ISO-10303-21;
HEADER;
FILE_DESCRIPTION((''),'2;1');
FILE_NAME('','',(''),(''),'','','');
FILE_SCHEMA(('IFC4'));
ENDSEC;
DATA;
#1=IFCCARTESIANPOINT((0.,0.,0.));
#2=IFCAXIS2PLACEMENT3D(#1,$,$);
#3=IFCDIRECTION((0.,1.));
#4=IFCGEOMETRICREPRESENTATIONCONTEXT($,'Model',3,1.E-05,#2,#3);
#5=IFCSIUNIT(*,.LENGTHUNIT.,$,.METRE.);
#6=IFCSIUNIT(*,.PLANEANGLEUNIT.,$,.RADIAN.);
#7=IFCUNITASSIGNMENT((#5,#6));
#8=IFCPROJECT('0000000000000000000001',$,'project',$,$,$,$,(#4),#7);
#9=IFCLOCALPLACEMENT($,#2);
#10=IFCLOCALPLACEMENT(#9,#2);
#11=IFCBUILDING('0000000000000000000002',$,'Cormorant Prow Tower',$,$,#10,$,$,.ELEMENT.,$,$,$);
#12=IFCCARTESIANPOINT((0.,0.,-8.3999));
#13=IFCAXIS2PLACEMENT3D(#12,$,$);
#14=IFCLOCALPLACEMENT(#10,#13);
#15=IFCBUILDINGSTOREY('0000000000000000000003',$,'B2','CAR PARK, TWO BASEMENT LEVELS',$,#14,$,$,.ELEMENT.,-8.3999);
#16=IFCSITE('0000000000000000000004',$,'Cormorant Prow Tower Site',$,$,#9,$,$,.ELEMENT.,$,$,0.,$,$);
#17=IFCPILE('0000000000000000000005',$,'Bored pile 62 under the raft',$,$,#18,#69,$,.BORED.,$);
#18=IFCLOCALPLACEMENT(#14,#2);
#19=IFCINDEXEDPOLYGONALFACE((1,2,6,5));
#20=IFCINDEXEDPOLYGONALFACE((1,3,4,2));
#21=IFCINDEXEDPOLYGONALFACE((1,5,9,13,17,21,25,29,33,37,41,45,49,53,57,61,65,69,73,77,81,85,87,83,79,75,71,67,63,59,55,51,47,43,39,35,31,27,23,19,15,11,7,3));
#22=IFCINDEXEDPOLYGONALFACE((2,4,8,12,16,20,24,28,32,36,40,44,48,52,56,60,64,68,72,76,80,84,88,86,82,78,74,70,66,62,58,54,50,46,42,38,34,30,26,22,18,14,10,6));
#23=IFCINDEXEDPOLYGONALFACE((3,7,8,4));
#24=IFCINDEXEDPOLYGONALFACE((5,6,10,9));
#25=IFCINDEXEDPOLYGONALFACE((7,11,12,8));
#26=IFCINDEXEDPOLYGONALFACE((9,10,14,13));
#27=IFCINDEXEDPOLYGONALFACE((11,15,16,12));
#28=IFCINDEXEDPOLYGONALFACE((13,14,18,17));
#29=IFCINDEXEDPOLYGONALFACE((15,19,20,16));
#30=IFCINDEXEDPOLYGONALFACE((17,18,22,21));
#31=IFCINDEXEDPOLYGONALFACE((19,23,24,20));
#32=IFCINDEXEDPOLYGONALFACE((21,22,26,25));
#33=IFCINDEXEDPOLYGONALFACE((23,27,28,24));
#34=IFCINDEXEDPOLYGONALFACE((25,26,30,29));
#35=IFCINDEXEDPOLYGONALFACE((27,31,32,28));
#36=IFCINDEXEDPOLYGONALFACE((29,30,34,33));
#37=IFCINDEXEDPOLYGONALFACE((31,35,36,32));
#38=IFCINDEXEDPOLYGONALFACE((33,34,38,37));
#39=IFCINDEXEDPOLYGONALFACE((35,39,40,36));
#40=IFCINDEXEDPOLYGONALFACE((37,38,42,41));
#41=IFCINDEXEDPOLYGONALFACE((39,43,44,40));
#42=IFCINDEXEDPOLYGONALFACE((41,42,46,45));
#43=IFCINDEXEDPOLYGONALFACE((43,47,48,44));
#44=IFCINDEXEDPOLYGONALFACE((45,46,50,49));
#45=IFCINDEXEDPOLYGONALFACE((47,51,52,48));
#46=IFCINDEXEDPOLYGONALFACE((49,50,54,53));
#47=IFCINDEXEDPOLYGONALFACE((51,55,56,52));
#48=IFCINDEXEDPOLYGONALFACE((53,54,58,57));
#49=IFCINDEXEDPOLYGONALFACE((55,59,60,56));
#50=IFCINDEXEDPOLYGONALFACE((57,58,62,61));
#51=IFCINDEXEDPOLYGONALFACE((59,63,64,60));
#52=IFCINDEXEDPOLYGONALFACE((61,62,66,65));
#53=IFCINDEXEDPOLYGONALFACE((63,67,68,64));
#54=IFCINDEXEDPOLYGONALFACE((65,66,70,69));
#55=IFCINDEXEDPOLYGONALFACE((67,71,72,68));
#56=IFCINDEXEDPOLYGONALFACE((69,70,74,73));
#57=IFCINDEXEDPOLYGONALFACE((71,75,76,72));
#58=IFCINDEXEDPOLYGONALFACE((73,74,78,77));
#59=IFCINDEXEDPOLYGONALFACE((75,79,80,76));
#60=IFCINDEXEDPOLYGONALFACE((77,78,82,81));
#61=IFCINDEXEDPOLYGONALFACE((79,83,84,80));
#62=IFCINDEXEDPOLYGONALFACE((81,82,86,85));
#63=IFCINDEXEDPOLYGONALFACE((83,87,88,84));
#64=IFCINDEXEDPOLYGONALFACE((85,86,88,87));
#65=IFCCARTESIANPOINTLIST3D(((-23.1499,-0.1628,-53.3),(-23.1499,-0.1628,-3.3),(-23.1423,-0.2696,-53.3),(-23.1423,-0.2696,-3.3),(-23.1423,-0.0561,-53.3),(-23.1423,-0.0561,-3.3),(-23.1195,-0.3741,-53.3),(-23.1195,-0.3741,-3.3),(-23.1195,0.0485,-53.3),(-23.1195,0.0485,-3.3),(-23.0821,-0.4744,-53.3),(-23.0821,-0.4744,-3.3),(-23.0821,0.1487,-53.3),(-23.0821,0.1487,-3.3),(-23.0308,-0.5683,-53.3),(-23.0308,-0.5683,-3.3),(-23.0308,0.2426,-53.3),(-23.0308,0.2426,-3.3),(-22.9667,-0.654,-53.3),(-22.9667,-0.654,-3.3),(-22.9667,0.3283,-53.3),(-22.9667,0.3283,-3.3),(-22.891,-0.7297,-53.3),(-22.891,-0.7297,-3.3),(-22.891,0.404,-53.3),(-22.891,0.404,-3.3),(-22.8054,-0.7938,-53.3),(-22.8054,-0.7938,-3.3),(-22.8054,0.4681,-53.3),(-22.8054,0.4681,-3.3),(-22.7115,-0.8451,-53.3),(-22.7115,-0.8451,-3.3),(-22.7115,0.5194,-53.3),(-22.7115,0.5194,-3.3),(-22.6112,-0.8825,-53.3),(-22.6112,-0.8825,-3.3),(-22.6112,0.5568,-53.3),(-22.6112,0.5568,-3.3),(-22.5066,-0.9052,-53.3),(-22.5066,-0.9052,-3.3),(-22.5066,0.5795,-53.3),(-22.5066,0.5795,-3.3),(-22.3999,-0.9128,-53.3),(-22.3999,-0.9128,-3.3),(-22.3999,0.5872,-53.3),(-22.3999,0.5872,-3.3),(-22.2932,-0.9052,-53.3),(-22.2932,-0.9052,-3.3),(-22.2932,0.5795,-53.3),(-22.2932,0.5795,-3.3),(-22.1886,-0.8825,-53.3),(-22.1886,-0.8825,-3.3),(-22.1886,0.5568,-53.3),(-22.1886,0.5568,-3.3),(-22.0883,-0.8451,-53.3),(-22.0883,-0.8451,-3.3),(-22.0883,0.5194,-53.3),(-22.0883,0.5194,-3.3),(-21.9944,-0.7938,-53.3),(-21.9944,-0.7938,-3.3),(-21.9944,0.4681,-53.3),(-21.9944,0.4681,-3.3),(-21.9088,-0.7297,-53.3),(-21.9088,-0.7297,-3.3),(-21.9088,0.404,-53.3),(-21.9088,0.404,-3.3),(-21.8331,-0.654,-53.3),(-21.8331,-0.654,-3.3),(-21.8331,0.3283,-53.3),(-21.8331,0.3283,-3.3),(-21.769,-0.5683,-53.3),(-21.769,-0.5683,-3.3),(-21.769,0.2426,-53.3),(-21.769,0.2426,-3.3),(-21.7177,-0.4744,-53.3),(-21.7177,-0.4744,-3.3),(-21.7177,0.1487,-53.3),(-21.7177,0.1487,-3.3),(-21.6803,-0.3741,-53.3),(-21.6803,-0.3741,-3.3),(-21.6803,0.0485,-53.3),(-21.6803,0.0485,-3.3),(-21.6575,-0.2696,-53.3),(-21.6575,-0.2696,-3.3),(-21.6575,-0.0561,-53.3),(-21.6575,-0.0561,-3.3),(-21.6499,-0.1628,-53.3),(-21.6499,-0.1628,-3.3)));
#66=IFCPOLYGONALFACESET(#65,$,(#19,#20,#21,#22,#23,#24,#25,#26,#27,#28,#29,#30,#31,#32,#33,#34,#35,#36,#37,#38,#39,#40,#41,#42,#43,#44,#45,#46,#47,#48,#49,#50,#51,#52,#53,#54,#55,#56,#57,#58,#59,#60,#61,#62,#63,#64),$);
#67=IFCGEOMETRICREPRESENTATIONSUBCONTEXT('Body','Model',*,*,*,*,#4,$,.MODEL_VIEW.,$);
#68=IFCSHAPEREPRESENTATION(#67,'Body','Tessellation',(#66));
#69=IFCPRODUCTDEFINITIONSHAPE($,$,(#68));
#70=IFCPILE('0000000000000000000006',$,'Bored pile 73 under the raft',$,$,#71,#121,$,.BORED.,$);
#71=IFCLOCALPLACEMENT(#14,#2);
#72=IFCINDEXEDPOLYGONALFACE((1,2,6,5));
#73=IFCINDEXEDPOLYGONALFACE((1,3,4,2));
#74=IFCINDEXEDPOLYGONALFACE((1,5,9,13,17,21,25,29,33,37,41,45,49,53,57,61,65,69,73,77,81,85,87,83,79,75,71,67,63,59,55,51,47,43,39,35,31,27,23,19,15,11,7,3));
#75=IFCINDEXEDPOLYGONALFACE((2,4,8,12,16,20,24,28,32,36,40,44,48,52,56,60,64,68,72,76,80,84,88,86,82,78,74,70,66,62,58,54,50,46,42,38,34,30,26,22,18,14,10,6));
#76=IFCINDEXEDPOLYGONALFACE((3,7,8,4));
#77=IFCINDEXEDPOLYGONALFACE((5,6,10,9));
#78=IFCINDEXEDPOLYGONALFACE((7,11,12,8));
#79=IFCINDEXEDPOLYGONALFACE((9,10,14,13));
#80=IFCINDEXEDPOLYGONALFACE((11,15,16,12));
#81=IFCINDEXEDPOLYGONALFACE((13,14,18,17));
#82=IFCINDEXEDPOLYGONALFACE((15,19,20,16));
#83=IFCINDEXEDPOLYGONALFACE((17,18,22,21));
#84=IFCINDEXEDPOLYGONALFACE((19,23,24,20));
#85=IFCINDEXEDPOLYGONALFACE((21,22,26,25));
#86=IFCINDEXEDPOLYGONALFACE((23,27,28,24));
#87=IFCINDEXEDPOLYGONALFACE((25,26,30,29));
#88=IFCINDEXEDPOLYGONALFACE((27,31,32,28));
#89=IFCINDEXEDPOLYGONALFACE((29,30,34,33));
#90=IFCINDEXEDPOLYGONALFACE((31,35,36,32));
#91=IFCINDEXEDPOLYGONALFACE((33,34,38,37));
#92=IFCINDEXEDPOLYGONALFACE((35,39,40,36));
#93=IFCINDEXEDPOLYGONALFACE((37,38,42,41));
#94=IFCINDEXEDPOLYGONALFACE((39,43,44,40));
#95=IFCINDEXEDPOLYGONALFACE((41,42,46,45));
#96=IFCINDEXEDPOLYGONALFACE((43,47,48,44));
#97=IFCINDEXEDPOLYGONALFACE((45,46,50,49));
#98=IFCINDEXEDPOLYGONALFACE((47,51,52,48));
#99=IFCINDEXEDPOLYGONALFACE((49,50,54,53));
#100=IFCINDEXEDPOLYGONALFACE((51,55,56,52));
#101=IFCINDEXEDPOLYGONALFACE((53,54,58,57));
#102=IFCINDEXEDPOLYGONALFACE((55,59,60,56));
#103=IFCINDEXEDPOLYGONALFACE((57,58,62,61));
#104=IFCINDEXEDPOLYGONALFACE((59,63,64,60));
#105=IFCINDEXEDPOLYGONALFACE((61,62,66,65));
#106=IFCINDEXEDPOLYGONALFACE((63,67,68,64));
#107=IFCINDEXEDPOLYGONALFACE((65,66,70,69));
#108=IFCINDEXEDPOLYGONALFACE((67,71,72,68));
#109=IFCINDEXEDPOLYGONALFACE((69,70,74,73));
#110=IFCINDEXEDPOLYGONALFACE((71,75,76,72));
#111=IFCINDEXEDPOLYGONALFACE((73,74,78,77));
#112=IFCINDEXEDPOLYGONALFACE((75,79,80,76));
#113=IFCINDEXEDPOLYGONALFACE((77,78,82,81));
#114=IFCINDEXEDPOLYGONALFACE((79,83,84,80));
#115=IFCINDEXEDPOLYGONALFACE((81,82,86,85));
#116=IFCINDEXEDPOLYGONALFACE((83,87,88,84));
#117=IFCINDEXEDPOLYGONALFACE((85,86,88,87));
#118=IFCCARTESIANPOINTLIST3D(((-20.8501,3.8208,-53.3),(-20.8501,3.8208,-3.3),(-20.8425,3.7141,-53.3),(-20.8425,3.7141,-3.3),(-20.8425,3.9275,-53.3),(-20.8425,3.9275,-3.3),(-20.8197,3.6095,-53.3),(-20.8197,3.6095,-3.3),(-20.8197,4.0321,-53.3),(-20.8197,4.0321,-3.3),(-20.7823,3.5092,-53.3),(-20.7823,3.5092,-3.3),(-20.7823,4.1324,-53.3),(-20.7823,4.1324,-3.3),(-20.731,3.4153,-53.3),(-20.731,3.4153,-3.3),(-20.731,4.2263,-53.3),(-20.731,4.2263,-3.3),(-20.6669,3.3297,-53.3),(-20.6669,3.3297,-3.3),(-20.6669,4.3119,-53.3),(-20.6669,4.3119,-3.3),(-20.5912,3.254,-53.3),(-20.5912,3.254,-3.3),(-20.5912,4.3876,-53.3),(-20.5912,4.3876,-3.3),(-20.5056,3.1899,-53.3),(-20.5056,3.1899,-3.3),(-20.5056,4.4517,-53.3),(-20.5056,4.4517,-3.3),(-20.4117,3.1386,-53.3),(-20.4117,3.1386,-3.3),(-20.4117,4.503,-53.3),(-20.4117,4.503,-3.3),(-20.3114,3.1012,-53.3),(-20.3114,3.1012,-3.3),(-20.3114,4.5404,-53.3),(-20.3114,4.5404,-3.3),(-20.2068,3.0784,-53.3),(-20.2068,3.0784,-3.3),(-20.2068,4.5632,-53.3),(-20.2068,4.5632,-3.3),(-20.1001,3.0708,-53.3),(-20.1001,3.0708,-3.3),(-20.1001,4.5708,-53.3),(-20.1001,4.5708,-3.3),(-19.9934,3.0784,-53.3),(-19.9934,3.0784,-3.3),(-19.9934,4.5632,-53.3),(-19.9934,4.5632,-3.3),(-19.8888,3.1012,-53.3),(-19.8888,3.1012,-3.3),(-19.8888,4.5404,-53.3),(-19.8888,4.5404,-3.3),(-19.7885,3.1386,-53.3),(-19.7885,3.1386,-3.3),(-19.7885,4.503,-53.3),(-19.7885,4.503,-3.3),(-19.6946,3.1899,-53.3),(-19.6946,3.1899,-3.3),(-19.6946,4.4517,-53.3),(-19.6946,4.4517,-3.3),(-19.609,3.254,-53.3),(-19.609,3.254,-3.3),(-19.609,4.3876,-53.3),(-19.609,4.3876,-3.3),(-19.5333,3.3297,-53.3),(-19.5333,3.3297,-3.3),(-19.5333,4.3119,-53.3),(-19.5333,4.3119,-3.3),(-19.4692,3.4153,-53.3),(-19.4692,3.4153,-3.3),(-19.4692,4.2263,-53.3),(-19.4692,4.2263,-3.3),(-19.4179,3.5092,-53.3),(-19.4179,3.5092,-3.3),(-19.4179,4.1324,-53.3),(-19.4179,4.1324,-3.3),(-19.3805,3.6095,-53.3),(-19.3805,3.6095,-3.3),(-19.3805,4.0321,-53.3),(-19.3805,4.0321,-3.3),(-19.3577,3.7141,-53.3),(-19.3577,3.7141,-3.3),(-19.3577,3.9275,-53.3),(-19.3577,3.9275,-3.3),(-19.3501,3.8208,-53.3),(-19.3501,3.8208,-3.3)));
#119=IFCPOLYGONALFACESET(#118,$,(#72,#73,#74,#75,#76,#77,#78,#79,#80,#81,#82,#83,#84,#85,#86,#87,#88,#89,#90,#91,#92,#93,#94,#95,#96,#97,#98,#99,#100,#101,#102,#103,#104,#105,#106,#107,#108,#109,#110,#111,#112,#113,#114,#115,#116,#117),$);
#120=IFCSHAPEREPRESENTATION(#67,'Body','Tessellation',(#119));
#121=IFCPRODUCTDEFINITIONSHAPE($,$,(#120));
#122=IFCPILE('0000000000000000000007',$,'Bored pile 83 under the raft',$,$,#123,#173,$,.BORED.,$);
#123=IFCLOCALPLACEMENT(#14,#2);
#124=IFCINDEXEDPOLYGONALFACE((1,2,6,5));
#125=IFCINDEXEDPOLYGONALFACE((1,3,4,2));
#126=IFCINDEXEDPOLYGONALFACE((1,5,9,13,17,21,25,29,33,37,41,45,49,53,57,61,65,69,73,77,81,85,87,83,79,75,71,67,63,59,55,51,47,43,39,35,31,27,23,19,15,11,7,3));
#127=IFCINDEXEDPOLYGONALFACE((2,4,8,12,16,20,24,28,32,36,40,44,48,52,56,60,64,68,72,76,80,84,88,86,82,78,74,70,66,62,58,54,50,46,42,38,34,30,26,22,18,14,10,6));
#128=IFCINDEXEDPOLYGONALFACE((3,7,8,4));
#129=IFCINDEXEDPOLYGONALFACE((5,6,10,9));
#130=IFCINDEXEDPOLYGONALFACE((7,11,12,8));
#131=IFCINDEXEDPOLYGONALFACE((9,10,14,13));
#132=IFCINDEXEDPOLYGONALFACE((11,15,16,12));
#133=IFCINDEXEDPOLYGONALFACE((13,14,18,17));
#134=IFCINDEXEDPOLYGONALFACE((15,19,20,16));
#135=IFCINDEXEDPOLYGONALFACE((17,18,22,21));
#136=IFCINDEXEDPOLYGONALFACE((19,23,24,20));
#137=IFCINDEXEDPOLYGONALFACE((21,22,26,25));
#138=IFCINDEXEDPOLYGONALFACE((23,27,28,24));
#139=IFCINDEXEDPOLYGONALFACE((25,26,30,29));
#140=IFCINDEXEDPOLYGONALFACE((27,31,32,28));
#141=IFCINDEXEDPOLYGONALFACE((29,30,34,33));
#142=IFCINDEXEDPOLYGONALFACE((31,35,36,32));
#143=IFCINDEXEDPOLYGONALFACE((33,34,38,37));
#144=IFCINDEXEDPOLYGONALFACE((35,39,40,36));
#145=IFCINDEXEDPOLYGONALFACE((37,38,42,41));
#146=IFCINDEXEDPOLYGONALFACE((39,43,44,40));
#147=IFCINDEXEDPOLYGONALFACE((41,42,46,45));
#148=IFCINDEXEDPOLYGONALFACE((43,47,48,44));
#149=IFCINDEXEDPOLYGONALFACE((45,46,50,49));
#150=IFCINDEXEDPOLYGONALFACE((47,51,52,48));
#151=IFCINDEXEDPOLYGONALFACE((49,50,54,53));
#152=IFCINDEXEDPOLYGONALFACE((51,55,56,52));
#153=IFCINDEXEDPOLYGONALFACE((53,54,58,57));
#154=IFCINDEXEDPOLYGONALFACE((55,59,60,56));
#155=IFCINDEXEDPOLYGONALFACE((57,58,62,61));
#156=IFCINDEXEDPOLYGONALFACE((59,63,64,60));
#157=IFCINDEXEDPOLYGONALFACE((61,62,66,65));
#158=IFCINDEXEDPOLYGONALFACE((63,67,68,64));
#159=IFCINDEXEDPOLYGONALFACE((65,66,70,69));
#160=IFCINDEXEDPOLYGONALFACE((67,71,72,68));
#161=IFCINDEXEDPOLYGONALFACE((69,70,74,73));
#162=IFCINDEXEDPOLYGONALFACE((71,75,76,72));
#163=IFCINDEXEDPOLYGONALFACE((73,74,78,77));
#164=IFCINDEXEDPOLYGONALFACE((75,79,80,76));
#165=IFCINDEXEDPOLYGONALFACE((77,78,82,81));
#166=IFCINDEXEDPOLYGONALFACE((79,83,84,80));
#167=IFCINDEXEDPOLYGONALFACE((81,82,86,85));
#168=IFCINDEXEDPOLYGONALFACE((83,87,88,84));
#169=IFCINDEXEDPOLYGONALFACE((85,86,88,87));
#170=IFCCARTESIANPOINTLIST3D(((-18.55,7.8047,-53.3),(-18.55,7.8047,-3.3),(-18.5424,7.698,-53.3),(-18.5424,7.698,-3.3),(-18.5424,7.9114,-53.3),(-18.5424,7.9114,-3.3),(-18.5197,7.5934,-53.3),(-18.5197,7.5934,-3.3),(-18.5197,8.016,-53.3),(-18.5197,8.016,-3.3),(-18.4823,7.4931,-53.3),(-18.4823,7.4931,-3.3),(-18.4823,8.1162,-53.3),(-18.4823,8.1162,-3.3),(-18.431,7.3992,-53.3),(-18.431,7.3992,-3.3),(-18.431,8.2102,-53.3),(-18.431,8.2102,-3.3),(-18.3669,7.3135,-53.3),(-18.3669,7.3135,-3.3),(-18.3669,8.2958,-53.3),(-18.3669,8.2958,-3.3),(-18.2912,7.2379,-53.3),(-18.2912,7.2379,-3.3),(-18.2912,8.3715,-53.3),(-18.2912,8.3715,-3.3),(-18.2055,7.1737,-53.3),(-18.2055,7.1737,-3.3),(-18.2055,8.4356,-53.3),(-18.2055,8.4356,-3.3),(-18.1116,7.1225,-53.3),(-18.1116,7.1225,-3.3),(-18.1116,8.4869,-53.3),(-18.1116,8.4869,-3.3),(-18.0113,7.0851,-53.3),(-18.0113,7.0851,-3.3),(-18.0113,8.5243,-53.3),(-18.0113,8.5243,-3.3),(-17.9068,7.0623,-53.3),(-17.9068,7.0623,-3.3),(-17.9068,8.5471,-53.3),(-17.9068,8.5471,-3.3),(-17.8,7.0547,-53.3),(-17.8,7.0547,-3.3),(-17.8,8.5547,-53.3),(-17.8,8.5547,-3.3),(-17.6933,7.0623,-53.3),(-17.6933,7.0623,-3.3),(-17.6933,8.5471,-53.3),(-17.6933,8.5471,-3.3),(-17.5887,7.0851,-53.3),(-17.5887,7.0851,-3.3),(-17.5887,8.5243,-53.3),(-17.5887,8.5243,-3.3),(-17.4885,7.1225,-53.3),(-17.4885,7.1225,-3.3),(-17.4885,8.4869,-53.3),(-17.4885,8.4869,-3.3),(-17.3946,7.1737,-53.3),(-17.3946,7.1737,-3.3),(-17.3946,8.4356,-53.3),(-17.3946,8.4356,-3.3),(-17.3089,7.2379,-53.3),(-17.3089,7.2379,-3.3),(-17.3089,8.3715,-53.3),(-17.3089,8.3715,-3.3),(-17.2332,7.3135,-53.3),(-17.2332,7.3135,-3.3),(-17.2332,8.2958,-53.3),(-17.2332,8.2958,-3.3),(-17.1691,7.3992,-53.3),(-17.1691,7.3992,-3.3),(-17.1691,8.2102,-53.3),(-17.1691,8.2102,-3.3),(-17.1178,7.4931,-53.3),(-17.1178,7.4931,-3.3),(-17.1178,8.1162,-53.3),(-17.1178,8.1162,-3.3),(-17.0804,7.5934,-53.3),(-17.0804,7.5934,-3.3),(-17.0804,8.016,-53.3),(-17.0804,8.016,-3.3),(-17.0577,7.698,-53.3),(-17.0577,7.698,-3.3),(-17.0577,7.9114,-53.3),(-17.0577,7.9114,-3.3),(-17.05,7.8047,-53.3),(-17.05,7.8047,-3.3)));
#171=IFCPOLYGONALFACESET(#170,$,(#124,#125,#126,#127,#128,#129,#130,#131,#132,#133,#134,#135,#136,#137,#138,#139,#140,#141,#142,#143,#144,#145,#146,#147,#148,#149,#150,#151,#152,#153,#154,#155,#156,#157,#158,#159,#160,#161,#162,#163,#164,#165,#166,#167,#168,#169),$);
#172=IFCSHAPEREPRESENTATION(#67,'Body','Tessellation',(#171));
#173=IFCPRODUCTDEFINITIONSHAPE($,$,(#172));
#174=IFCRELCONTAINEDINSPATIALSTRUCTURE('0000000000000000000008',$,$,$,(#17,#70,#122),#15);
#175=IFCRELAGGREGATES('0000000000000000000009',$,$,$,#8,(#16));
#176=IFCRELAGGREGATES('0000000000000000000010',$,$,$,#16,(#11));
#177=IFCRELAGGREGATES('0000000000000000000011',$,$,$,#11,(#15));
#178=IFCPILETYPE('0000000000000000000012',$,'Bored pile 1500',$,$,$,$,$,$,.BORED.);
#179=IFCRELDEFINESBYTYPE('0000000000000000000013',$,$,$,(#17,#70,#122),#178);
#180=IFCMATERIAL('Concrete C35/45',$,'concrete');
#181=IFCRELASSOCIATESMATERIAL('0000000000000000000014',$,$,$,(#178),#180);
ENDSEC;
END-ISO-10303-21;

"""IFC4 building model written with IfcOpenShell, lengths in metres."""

from ifc_helpers import new_model, si_unit, direction, frame, origin, origin_2d, place, context, subcontext, project, spatial, circle, extrude, material, material_profile, profile_set, type_object, element, save


model = new_model("IFC4")

# Units and contexts
model_context = context("Model", 3, precision=1e-05, world=origin(), true_north=direction((0.0, 1.0)))
body_context = subcontext(model_context, "Body", "Model", "MODEL_VIEW")
ifc_project = project(units=[si_unit("LENGTHUNIT", "METRE"), si_unit("PLANEANGLEUNIT", "RADIAN")], contexts=[model_context])

# Site, building, storey
site_placement = place(None, origin())
site = spatial("IfcSite", under=ifc_project, at=site_placement, Name="Cormorant Prow Tower Site", CompositionType="ELEMENT", RefElevation=0.0)
building_placement = place(site_placement, origin())
building = spatial("IfcBuilding", under=site, at=building_placement, Name="Cormorant Prow Tower", CompositionType="ELEMENT")
storey_placement = place(building_placement, frame((0.0, 0.0, -8.3999)))
storey = spatial("IfcBuildingStorey", under=building, at=storey_placement, Name="B2", Description="CAR PARK, TWO BASEMENT LEVELS", CompositionType="ELEMENT", Elevation=-8.3999)

# Piles
ifc_material_1 = material(Name="Concrete C35/45", Category="concrete")
ifc_material_profile_1 = material_profile(ifc_material_1, circle(Radius=0.75, at=origin_2d()), Name="Round 1500")
ifc_profile_set_1 = profile_set([ifc_material_profile_1], Name="Concrete C35/45")
pile_type_1 = type_object("IfcPileType", Name="Bored pile 1500", PredefinedType="BORED", material=ifc_profile_set_1)
for number, where, z_axis, x_axis, name in (
    (1, (-22.3999, -0.1628, -3.3), (0.0, 0.0, -1.0), (1.0, 0.0, 0.0), "Bored pile 62 under the raft"),
    (2, (-20.1001, 3.8208, -3.3), (0.0, 0.0, -1.0), (1.0, 0.0, 0.0), "Bored pile 73 under the raft"),
    (3, (-17.8, 7.8047, -3.3), (0.0, 0.0, -1.0), (1.0, 0.0, 0.0), "Bored pile 83 under the raft"),
):
    element("IfcPile", number, at=place(storey_placement, frame(where, z_axis=z_axis, x_axis=x_axis)), inside=storey, type_object=pile_type_1, Name=name, PredefinedType="BORED", context=body_context, shape_type="SweptSolid", body=[
        extrude(circle(Radius=0.75, at=origin_2d()), origin(), (0.0, 0.0, 1.0), 50.0),
    ])

save(model, "model.ifc")
